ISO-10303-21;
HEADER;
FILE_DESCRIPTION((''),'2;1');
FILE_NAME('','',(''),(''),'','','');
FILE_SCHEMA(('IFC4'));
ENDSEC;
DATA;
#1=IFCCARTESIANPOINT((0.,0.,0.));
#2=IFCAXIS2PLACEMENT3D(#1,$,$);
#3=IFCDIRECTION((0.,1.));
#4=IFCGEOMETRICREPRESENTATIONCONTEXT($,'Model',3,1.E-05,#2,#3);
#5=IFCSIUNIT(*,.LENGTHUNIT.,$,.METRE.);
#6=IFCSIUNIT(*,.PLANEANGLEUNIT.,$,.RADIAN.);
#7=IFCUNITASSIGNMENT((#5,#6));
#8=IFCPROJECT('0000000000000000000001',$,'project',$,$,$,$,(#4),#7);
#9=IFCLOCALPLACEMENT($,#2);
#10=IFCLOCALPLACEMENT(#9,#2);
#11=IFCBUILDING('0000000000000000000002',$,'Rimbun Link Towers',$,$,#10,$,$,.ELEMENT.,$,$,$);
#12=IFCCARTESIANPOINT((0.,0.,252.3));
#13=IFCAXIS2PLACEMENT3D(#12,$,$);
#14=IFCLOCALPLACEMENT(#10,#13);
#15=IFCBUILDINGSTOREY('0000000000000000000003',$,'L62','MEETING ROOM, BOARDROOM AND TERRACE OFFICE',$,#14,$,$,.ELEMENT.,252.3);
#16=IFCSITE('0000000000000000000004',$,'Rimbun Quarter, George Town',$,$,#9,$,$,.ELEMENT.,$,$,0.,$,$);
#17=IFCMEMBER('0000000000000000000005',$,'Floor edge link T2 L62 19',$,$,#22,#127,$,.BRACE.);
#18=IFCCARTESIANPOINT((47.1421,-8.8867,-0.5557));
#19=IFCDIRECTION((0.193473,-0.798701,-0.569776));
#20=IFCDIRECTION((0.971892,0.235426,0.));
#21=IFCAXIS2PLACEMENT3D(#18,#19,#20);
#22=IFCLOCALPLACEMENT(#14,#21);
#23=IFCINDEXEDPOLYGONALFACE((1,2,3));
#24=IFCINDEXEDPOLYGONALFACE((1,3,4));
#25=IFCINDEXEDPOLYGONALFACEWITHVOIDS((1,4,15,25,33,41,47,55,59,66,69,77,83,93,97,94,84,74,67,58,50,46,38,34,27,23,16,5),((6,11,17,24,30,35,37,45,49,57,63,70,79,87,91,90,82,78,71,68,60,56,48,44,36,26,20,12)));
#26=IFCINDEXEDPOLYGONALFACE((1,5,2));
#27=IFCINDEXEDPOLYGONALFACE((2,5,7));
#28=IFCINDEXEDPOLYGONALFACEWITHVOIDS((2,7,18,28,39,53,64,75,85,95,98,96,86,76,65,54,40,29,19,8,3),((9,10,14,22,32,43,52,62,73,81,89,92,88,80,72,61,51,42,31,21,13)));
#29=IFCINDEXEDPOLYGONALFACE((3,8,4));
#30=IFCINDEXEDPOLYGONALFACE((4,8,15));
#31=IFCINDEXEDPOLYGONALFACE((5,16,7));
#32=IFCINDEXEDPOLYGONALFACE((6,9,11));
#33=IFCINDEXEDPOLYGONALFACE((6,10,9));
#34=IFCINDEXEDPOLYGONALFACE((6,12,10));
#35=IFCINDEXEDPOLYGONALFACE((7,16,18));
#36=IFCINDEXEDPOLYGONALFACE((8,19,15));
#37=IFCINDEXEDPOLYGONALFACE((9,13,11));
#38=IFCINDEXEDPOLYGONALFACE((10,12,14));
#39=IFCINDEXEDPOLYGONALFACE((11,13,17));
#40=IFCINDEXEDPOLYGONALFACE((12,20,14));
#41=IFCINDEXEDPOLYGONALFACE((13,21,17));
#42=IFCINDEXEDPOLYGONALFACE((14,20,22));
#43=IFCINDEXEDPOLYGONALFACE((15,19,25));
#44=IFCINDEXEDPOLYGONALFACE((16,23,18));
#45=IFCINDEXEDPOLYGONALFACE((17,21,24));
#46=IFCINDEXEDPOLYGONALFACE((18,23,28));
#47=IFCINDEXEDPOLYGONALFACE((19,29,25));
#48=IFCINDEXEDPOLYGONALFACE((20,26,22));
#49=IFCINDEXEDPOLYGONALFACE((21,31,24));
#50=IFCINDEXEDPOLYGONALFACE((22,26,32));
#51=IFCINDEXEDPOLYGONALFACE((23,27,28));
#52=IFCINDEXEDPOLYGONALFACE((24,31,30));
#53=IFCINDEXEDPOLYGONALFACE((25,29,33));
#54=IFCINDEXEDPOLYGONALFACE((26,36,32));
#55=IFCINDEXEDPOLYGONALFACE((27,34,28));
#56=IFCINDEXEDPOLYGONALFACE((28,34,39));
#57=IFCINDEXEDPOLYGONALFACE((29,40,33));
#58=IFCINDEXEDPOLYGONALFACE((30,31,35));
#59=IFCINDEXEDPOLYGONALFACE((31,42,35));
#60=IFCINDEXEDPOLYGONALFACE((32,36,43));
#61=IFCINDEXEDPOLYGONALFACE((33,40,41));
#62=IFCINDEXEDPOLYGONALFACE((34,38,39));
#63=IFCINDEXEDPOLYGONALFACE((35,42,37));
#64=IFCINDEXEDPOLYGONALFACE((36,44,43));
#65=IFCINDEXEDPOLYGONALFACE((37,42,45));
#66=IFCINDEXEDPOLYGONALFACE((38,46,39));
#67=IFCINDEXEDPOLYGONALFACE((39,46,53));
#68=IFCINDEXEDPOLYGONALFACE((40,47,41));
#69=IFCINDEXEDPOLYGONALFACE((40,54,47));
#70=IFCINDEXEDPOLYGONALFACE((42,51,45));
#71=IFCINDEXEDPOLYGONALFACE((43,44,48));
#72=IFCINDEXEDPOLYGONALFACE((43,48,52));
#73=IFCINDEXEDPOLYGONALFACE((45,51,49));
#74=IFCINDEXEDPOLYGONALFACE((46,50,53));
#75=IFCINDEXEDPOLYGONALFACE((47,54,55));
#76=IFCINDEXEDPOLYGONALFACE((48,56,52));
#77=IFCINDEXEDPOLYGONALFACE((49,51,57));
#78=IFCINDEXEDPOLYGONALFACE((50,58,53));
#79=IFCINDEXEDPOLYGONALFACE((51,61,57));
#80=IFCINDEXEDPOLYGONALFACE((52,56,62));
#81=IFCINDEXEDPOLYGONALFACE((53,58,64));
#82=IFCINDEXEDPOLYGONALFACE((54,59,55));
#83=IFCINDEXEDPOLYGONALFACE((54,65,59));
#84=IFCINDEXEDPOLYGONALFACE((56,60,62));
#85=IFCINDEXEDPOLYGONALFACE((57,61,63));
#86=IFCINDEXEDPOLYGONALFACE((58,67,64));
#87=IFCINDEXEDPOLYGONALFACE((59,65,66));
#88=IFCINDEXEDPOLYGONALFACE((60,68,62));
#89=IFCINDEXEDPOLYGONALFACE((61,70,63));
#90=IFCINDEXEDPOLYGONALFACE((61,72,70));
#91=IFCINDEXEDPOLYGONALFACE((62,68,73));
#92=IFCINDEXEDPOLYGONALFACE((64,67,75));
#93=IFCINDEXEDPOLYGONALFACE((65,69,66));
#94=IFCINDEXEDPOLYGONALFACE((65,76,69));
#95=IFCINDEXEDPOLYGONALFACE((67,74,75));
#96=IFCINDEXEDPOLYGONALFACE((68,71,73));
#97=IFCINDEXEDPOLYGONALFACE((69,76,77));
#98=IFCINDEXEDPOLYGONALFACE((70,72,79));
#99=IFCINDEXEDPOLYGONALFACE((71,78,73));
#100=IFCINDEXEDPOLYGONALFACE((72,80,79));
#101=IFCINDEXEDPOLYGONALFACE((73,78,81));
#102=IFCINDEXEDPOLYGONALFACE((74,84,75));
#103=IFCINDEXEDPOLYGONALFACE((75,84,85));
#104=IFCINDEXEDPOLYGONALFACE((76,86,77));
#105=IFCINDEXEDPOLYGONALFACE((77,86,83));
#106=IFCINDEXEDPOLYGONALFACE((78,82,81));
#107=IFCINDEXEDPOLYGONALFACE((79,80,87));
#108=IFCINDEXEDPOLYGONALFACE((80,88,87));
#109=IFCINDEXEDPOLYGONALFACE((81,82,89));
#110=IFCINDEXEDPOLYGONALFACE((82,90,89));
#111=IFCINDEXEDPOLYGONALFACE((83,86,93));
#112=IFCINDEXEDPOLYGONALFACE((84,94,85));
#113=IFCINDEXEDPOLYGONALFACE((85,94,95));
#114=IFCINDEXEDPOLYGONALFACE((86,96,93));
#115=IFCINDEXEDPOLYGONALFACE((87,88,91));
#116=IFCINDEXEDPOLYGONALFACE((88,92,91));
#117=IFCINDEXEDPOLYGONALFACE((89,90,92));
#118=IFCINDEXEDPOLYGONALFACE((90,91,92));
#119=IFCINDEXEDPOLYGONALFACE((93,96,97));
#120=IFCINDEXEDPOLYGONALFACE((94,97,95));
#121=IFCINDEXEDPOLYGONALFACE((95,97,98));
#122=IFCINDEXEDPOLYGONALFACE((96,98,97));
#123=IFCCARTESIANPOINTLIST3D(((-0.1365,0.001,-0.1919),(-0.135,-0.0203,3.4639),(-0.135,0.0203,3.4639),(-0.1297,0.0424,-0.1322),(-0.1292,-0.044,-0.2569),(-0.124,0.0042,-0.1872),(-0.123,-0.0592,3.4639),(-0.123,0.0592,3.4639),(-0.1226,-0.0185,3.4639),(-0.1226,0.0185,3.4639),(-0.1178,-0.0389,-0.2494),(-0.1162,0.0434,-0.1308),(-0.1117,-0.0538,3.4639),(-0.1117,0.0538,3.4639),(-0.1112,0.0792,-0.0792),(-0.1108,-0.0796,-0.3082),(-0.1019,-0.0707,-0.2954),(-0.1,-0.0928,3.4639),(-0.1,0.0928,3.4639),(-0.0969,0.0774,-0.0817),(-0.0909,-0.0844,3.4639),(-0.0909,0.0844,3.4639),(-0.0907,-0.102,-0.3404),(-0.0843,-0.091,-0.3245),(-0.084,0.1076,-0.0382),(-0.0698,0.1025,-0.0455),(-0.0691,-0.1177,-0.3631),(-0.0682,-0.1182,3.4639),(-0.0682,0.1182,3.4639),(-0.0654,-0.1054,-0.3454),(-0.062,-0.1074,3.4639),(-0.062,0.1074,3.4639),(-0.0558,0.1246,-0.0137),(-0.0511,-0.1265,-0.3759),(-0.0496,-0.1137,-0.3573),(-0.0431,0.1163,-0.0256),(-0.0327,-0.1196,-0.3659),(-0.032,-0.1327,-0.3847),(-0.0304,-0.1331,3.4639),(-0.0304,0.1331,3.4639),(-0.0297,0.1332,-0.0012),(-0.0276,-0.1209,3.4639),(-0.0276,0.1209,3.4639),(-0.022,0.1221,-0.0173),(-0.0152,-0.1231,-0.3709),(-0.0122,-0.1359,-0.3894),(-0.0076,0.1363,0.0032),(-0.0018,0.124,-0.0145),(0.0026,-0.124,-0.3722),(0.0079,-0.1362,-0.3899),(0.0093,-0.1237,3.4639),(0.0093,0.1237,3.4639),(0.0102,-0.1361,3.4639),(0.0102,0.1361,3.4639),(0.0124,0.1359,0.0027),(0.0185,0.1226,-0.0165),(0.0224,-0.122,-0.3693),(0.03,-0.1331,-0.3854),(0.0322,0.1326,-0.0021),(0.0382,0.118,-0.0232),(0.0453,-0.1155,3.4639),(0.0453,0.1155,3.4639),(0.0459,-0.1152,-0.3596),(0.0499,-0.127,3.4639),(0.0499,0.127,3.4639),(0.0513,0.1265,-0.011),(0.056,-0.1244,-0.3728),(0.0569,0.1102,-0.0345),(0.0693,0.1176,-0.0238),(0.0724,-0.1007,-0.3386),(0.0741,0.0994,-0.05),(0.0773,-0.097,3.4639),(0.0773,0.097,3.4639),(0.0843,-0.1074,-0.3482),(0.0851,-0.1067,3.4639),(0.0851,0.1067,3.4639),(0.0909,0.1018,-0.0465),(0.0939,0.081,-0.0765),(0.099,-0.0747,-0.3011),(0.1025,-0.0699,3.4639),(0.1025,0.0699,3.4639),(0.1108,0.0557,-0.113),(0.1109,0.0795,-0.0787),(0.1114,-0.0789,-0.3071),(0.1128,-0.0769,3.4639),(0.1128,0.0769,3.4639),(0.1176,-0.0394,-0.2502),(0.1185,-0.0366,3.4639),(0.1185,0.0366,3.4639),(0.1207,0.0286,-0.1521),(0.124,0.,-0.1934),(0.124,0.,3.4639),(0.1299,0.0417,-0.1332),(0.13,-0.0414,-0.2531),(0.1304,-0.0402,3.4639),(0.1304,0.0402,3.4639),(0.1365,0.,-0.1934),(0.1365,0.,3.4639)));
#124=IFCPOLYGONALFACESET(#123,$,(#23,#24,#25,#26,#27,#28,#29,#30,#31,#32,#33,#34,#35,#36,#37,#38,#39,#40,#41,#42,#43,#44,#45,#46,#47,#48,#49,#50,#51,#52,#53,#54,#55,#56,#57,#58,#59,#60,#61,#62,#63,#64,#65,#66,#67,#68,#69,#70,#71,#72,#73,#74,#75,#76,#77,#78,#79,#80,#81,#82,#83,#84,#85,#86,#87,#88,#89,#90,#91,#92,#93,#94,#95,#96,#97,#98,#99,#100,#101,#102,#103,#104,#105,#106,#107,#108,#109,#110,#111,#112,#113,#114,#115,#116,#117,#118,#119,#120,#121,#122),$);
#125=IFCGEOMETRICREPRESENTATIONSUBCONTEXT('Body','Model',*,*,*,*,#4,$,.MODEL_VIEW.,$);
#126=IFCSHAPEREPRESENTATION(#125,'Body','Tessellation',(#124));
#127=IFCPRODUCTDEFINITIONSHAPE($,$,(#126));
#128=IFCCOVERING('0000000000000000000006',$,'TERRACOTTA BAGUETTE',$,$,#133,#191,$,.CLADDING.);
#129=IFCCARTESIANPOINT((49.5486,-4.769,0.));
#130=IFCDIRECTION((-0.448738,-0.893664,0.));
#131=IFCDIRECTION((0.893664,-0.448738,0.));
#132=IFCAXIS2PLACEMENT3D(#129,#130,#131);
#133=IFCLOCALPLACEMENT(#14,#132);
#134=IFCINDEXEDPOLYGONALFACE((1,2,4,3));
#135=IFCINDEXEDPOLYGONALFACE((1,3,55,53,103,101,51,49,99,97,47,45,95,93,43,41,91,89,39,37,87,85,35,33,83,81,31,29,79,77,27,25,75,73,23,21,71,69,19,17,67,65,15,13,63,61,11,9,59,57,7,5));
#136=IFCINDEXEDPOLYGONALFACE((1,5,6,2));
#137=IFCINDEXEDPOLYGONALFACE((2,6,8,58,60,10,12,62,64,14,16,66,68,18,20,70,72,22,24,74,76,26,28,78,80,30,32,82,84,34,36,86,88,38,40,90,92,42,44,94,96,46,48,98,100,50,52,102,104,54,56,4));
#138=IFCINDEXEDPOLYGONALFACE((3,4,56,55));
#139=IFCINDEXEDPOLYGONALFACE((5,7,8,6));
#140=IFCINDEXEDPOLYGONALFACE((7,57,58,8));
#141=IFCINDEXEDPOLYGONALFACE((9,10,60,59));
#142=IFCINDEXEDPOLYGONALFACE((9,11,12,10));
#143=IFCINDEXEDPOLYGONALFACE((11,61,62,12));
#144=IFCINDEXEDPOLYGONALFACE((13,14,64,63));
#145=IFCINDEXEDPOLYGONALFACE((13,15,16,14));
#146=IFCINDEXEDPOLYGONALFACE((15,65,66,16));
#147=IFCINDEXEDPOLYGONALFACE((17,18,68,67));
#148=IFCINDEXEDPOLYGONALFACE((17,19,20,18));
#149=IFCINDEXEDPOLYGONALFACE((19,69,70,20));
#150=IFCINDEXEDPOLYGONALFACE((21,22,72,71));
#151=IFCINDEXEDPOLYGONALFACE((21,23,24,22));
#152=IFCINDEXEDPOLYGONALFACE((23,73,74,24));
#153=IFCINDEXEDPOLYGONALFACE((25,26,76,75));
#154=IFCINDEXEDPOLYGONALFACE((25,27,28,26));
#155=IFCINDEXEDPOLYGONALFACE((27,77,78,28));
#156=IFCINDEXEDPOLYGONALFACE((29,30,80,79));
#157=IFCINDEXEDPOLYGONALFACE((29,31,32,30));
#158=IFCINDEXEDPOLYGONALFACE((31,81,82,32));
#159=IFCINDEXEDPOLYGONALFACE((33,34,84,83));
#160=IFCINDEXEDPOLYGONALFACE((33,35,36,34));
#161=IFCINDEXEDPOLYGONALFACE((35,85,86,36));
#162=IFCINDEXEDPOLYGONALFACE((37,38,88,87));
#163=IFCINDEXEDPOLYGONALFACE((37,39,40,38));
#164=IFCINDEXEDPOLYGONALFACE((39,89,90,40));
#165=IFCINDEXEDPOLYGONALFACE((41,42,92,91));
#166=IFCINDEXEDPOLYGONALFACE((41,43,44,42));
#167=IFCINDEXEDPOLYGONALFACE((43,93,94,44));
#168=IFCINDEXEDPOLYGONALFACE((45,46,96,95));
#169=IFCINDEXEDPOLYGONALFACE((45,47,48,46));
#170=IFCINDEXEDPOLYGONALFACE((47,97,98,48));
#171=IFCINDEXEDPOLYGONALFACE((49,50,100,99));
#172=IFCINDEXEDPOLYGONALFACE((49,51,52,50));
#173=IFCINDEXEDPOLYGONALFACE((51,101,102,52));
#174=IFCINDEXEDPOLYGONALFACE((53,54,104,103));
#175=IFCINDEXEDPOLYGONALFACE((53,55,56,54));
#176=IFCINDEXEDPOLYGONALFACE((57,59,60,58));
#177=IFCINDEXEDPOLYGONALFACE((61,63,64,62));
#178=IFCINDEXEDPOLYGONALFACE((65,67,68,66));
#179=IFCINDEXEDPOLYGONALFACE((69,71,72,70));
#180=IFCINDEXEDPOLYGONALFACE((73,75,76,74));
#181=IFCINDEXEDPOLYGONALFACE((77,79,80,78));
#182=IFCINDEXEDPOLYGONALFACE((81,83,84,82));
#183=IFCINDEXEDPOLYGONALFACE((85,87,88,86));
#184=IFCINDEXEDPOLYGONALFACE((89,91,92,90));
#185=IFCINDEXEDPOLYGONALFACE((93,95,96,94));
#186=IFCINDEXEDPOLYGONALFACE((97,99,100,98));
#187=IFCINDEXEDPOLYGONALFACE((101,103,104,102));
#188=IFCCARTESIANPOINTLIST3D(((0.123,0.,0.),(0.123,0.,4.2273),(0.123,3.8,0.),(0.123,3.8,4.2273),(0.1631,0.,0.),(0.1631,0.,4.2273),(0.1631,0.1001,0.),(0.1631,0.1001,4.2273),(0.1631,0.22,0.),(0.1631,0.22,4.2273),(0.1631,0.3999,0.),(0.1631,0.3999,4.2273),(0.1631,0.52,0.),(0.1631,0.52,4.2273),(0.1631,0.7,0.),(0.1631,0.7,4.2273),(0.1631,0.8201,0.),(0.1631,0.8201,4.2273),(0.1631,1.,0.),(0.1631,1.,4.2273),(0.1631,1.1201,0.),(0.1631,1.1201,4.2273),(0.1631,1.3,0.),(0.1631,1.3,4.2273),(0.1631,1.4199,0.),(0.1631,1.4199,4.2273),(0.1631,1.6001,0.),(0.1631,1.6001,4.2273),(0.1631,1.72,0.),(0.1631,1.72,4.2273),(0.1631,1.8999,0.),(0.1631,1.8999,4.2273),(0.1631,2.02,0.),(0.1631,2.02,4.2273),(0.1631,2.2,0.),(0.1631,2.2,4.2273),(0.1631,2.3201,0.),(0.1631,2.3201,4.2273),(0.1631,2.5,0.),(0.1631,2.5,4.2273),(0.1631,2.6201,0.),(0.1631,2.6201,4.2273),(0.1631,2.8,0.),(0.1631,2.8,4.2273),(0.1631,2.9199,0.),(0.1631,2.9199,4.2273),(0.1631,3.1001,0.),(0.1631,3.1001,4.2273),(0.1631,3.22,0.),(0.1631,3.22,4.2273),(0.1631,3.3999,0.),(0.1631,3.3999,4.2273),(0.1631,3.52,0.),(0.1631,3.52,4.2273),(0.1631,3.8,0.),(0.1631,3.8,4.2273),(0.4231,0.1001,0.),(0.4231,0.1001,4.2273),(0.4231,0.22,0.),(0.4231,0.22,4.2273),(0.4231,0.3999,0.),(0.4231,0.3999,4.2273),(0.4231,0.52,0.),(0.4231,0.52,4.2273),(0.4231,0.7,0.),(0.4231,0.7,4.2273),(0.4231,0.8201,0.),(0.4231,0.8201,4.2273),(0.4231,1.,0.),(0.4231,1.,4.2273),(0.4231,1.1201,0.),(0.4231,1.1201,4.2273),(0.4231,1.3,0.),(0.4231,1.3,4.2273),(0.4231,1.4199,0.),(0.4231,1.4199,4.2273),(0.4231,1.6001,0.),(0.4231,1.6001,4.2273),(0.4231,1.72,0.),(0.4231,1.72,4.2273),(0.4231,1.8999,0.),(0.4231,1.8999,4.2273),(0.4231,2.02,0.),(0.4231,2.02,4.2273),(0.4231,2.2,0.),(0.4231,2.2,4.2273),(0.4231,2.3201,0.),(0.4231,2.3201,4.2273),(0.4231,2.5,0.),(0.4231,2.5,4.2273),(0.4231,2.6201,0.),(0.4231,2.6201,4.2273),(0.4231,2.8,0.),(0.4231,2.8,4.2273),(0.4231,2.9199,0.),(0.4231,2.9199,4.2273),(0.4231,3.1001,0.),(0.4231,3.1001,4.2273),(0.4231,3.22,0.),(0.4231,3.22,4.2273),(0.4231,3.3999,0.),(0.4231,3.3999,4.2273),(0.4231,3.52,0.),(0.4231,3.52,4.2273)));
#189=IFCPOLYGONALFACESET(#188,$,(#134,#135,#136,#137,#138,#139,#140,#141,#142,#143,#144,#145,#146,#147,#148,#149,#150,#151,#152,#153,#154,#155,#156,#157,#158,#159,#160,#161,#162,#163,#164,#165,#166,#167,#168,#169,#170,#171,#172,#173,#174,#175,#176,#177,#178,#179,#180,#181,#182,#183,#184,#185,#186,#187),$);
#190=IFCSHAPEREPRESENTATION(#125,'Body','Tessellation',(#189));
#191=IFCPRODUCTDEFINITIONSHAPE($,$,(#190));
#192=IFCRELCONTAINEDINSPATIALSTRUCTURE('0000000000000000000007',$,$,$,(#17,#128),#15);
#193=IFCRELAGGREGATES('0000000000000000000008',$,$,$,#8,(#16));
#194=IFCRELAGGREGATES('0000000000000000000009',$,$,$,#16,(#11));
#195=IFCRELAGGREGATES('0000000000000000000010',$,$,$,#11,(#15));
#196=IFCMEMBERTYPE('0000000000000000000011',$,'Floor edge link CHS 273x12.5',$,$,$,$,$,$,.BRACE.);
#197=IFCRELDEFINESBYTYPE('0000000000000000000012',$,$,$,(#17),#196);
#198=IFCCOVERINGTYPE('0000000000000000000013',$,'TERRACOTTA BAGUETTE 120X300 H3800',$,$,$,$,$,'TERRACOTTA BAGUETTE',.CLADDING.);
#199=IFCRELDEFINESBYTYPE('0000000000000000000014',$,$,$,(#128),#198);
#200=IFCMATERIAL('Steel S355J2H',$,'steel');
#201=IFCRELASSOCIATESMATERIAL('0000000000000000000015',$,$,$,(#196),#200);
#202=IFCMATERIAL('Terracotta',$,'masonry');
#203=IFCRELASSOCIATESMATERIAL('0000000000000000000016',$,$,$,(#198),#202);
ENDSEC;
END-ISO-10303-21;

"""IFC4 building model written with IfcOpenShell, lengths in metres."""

from ifc_helpers import new_model, si_unit, direction, frame, origin, origin_2d, place, context, subcontext, project, spatial, polyline, hollow_circle, outline, extrude, clip, halfspace, material, material_profile, profile_set, type_object, element, save


model = new_model("IFC4")

# Units and contexts
model_context = context("Model", 3, precision=1e-05, world=origin(), true_north=direction((0.0, 1.0)))
body_context = subcontext(model_context, "Body", "Model", "MODEL_VIEW")
ifc_project = project(units=[si_unit("LENGTHUNIT", "METRE"), si_unit("PLANEANGLEUNIT", "RADIAN")], contexts=[model_context])

# Site, building, storey
site_placement = place(None, origin())
site = spatial("IfcSite", under=ifc_project, at=site_placement, Name="Rimbun Quarter, George Town", CompositionType="ELEMENT", RefElevation=0.0)
building_placement = place(site_placement, origin())
building = spatial("IfcBuilding", under=site, at=building_placement, Name="Rimbun Link Towers", CompositionType="ELEMENT")
storey_placement = place(building_placement, frame((0.0, 0.0, 252.3)))
storey = spatial("IfcBuildingStorey", under=building, at=storey_placement, Name="L62", Description="MEETING ROOM, BOARDROOM AND TERRACE OFFICE", CompositionType="ELEMENT", Elevation=252.3)

# Member
ifc_material_1 = material(Name="Steel S355J2H", Category="steel")
ifc_material_profile_1 = material_profile(ifc_material_1, hollow_circle(Radius=0.1365, WallThickness=0.0125, at=origin_2d()), Name="CHS 273x12.5")
ifc_profile_set_1 = profile_set([ifc_material_profile_1], Name="Steel S355J2H")
member_type_1 = type_object("IfcMemberType", Name="Floor edge link CHS 273x12.5", PredefinedType="BRACE", material=ifc_profile_set_1)
member_1_placement = place(storey_placement, frame((47.1421, -8.8867, -0.5557), z_axis=(0.193473, -0.798701, -0.569776), x_axis=(0.971892, 0.235426, 0.0)))
element("IfcMember", 1, at=member_1_placement, inside=storey, type_object=member_type_1, Name="Floor edge link T2 L62 19", PredefinedType="BRACE", context=body_context, shape_type="Clipping", body=[
    clip(extrude(hollow_circle(Radius=0.1365, WallThickness=0.0125, at=origin_2d()), frame((0.0, 0.0, -0.4114)), (0.0, 0.0, 1.0), 3.8752), halfspace(frame((0.0, 0.0, -0.1934), z_axis=(0.0, 0.8218, -0.569776)), False)),
])

# Covering
ifc_material_2 = material(Name="Terracotta", Category="masonry")
ifc_material_profile_2 = material_profile(ifc_material_2, outline(polyline([(0.123, 0.0), (0.1631, 0.0), (0.1631, 0.1001), (0.4231, 0.1001), (0.4231, 0.22), (0.1631, 0.22), (0.1631, 0.3999), (0.4231, 0.3999), (0.4231, 0.52), (0.1631, 0.52), (0.1631, 0.7), (0.4231, 0.7), (0.4231, 0.8201), (0.1631, 0.8201), (0.1631, 1.0), (0.4231, 1.0), (0.4231, 1.1201), (0.1631, 1.1201), (0.1631, 1.3), (0.4231, 1.3), (0.4231, 1.4199), (0.1631, 1.4199), (0.1631, 1.6001), (0.4231, 1.6001), (0.4231, 1.72), (0.1631, 1.72), (0.1631, 1.8999), (0.4231, 1.8999), (0.4231, 2.02), (0.1631, 2.02), (0.1631, 2.2), (0.4231, 2.2), (0.4231, 2.3201), (0.1631, 2.3201), (0.1631, 2.5), (0.4231, 2.5), (0.4231, 2.6201), (0.1631, 2.6201), (0.1631, 2.8), (0.4231, 2.8), (0.4231, 2.9199), (0.1631, 2.9199), (0.1631, 3.1001), (0.4231, 3.1001), (0.4231, 3.22), (0.1631, 3.22), (0.1631, 3.3999), (0.4231, 3.3999), (0.4231, 3.52), (0.1631, 3.52), (0.1631, 3.8), (0.123, 3.8), (0.123, 0.0)])), Name="BAGUETTE 120X300")
ifc_profile_set_2 = profile_set([ifc_material_profile_2], Name="Terracotta")
covering_type = type_object("IfcCoveringType", Name="TERRACOTTA BAGUETTE 120X300 H3800", ElementType="TERRACOTTA BAGUETTE", PredefinedType="CLADDING", material=ifc_profile_set_2)
covering_placement = place(storey_placement, frame((49.5486, -4.769, 0.0), z_axis=(-0.448738, -0.893664, 0.0), x_axis=(0.893664, -0.448738, 0.0)))
element("IfcCovering", 2, at=covering_placement, inside=storey, type_object=covering_type, Name="TERRACOTTA BAGUETTE", PredefinedType="CLADDING", context=body_context, shape_type="SweptSolid", body=[
    extrude(outline(polyline([(0.123, 0.0), (0.1631, 0.0), (0.1631, 0.1001), (0.4231, 0.1001), (0.4231, 0.22), (0.1631, 0.22), (0.1631, 0.3999), (0.4231, 0.3999), (0.4231, 0.52), (0.1631, 0.52), (0.1631, 0.7), (0.4231, 0.7), (0.4231, 0.8201), (0.1631, 0.8201), (0.1631, 1.0), (0.4231, 1.0), (0.4231, 1.1201), (0.1631, 1.1201), (0.1631, 1.3), (0.4231, 1.3), (0.4231, 1.4199), (0.1631, 1.4199), (0.1631, 1.6001), (0.4231, 1.6001), (0.4231, 1.72), (0.1631, 1.72), (0.1631, 1.8999), (0.4231, 1.8999), (0.4231, 2.02), (0.1631, 2.02), (0.1631, 2.2), (0.4231, 2.2), (0.4231, 2.3201), (0.1631, 2.3201), (0.1631, 2.5), (0.4231, 2.5), (0.4231, 2.6201), (0.1631, 2.6201), (0.1631, 2.8), (0.4231, 2.8), (0.4231, 2.9199), (0.1631, 2.9199), (0.1631, 3.1001), (0.4231, 3.1001), (0.4231, 3.22), (0.1631, 3.22), (0.1631, 3.3999), (0.4231, 3.3999), (0.4231, 3.52), (0.1631, 3.52), (0.1631, 3.8), (0.123, 3.8), (0.123, 0.0)])), origin(), (0.0, 0.0, 1.0), 4.2273),
])

save(model, "model.ifc")
